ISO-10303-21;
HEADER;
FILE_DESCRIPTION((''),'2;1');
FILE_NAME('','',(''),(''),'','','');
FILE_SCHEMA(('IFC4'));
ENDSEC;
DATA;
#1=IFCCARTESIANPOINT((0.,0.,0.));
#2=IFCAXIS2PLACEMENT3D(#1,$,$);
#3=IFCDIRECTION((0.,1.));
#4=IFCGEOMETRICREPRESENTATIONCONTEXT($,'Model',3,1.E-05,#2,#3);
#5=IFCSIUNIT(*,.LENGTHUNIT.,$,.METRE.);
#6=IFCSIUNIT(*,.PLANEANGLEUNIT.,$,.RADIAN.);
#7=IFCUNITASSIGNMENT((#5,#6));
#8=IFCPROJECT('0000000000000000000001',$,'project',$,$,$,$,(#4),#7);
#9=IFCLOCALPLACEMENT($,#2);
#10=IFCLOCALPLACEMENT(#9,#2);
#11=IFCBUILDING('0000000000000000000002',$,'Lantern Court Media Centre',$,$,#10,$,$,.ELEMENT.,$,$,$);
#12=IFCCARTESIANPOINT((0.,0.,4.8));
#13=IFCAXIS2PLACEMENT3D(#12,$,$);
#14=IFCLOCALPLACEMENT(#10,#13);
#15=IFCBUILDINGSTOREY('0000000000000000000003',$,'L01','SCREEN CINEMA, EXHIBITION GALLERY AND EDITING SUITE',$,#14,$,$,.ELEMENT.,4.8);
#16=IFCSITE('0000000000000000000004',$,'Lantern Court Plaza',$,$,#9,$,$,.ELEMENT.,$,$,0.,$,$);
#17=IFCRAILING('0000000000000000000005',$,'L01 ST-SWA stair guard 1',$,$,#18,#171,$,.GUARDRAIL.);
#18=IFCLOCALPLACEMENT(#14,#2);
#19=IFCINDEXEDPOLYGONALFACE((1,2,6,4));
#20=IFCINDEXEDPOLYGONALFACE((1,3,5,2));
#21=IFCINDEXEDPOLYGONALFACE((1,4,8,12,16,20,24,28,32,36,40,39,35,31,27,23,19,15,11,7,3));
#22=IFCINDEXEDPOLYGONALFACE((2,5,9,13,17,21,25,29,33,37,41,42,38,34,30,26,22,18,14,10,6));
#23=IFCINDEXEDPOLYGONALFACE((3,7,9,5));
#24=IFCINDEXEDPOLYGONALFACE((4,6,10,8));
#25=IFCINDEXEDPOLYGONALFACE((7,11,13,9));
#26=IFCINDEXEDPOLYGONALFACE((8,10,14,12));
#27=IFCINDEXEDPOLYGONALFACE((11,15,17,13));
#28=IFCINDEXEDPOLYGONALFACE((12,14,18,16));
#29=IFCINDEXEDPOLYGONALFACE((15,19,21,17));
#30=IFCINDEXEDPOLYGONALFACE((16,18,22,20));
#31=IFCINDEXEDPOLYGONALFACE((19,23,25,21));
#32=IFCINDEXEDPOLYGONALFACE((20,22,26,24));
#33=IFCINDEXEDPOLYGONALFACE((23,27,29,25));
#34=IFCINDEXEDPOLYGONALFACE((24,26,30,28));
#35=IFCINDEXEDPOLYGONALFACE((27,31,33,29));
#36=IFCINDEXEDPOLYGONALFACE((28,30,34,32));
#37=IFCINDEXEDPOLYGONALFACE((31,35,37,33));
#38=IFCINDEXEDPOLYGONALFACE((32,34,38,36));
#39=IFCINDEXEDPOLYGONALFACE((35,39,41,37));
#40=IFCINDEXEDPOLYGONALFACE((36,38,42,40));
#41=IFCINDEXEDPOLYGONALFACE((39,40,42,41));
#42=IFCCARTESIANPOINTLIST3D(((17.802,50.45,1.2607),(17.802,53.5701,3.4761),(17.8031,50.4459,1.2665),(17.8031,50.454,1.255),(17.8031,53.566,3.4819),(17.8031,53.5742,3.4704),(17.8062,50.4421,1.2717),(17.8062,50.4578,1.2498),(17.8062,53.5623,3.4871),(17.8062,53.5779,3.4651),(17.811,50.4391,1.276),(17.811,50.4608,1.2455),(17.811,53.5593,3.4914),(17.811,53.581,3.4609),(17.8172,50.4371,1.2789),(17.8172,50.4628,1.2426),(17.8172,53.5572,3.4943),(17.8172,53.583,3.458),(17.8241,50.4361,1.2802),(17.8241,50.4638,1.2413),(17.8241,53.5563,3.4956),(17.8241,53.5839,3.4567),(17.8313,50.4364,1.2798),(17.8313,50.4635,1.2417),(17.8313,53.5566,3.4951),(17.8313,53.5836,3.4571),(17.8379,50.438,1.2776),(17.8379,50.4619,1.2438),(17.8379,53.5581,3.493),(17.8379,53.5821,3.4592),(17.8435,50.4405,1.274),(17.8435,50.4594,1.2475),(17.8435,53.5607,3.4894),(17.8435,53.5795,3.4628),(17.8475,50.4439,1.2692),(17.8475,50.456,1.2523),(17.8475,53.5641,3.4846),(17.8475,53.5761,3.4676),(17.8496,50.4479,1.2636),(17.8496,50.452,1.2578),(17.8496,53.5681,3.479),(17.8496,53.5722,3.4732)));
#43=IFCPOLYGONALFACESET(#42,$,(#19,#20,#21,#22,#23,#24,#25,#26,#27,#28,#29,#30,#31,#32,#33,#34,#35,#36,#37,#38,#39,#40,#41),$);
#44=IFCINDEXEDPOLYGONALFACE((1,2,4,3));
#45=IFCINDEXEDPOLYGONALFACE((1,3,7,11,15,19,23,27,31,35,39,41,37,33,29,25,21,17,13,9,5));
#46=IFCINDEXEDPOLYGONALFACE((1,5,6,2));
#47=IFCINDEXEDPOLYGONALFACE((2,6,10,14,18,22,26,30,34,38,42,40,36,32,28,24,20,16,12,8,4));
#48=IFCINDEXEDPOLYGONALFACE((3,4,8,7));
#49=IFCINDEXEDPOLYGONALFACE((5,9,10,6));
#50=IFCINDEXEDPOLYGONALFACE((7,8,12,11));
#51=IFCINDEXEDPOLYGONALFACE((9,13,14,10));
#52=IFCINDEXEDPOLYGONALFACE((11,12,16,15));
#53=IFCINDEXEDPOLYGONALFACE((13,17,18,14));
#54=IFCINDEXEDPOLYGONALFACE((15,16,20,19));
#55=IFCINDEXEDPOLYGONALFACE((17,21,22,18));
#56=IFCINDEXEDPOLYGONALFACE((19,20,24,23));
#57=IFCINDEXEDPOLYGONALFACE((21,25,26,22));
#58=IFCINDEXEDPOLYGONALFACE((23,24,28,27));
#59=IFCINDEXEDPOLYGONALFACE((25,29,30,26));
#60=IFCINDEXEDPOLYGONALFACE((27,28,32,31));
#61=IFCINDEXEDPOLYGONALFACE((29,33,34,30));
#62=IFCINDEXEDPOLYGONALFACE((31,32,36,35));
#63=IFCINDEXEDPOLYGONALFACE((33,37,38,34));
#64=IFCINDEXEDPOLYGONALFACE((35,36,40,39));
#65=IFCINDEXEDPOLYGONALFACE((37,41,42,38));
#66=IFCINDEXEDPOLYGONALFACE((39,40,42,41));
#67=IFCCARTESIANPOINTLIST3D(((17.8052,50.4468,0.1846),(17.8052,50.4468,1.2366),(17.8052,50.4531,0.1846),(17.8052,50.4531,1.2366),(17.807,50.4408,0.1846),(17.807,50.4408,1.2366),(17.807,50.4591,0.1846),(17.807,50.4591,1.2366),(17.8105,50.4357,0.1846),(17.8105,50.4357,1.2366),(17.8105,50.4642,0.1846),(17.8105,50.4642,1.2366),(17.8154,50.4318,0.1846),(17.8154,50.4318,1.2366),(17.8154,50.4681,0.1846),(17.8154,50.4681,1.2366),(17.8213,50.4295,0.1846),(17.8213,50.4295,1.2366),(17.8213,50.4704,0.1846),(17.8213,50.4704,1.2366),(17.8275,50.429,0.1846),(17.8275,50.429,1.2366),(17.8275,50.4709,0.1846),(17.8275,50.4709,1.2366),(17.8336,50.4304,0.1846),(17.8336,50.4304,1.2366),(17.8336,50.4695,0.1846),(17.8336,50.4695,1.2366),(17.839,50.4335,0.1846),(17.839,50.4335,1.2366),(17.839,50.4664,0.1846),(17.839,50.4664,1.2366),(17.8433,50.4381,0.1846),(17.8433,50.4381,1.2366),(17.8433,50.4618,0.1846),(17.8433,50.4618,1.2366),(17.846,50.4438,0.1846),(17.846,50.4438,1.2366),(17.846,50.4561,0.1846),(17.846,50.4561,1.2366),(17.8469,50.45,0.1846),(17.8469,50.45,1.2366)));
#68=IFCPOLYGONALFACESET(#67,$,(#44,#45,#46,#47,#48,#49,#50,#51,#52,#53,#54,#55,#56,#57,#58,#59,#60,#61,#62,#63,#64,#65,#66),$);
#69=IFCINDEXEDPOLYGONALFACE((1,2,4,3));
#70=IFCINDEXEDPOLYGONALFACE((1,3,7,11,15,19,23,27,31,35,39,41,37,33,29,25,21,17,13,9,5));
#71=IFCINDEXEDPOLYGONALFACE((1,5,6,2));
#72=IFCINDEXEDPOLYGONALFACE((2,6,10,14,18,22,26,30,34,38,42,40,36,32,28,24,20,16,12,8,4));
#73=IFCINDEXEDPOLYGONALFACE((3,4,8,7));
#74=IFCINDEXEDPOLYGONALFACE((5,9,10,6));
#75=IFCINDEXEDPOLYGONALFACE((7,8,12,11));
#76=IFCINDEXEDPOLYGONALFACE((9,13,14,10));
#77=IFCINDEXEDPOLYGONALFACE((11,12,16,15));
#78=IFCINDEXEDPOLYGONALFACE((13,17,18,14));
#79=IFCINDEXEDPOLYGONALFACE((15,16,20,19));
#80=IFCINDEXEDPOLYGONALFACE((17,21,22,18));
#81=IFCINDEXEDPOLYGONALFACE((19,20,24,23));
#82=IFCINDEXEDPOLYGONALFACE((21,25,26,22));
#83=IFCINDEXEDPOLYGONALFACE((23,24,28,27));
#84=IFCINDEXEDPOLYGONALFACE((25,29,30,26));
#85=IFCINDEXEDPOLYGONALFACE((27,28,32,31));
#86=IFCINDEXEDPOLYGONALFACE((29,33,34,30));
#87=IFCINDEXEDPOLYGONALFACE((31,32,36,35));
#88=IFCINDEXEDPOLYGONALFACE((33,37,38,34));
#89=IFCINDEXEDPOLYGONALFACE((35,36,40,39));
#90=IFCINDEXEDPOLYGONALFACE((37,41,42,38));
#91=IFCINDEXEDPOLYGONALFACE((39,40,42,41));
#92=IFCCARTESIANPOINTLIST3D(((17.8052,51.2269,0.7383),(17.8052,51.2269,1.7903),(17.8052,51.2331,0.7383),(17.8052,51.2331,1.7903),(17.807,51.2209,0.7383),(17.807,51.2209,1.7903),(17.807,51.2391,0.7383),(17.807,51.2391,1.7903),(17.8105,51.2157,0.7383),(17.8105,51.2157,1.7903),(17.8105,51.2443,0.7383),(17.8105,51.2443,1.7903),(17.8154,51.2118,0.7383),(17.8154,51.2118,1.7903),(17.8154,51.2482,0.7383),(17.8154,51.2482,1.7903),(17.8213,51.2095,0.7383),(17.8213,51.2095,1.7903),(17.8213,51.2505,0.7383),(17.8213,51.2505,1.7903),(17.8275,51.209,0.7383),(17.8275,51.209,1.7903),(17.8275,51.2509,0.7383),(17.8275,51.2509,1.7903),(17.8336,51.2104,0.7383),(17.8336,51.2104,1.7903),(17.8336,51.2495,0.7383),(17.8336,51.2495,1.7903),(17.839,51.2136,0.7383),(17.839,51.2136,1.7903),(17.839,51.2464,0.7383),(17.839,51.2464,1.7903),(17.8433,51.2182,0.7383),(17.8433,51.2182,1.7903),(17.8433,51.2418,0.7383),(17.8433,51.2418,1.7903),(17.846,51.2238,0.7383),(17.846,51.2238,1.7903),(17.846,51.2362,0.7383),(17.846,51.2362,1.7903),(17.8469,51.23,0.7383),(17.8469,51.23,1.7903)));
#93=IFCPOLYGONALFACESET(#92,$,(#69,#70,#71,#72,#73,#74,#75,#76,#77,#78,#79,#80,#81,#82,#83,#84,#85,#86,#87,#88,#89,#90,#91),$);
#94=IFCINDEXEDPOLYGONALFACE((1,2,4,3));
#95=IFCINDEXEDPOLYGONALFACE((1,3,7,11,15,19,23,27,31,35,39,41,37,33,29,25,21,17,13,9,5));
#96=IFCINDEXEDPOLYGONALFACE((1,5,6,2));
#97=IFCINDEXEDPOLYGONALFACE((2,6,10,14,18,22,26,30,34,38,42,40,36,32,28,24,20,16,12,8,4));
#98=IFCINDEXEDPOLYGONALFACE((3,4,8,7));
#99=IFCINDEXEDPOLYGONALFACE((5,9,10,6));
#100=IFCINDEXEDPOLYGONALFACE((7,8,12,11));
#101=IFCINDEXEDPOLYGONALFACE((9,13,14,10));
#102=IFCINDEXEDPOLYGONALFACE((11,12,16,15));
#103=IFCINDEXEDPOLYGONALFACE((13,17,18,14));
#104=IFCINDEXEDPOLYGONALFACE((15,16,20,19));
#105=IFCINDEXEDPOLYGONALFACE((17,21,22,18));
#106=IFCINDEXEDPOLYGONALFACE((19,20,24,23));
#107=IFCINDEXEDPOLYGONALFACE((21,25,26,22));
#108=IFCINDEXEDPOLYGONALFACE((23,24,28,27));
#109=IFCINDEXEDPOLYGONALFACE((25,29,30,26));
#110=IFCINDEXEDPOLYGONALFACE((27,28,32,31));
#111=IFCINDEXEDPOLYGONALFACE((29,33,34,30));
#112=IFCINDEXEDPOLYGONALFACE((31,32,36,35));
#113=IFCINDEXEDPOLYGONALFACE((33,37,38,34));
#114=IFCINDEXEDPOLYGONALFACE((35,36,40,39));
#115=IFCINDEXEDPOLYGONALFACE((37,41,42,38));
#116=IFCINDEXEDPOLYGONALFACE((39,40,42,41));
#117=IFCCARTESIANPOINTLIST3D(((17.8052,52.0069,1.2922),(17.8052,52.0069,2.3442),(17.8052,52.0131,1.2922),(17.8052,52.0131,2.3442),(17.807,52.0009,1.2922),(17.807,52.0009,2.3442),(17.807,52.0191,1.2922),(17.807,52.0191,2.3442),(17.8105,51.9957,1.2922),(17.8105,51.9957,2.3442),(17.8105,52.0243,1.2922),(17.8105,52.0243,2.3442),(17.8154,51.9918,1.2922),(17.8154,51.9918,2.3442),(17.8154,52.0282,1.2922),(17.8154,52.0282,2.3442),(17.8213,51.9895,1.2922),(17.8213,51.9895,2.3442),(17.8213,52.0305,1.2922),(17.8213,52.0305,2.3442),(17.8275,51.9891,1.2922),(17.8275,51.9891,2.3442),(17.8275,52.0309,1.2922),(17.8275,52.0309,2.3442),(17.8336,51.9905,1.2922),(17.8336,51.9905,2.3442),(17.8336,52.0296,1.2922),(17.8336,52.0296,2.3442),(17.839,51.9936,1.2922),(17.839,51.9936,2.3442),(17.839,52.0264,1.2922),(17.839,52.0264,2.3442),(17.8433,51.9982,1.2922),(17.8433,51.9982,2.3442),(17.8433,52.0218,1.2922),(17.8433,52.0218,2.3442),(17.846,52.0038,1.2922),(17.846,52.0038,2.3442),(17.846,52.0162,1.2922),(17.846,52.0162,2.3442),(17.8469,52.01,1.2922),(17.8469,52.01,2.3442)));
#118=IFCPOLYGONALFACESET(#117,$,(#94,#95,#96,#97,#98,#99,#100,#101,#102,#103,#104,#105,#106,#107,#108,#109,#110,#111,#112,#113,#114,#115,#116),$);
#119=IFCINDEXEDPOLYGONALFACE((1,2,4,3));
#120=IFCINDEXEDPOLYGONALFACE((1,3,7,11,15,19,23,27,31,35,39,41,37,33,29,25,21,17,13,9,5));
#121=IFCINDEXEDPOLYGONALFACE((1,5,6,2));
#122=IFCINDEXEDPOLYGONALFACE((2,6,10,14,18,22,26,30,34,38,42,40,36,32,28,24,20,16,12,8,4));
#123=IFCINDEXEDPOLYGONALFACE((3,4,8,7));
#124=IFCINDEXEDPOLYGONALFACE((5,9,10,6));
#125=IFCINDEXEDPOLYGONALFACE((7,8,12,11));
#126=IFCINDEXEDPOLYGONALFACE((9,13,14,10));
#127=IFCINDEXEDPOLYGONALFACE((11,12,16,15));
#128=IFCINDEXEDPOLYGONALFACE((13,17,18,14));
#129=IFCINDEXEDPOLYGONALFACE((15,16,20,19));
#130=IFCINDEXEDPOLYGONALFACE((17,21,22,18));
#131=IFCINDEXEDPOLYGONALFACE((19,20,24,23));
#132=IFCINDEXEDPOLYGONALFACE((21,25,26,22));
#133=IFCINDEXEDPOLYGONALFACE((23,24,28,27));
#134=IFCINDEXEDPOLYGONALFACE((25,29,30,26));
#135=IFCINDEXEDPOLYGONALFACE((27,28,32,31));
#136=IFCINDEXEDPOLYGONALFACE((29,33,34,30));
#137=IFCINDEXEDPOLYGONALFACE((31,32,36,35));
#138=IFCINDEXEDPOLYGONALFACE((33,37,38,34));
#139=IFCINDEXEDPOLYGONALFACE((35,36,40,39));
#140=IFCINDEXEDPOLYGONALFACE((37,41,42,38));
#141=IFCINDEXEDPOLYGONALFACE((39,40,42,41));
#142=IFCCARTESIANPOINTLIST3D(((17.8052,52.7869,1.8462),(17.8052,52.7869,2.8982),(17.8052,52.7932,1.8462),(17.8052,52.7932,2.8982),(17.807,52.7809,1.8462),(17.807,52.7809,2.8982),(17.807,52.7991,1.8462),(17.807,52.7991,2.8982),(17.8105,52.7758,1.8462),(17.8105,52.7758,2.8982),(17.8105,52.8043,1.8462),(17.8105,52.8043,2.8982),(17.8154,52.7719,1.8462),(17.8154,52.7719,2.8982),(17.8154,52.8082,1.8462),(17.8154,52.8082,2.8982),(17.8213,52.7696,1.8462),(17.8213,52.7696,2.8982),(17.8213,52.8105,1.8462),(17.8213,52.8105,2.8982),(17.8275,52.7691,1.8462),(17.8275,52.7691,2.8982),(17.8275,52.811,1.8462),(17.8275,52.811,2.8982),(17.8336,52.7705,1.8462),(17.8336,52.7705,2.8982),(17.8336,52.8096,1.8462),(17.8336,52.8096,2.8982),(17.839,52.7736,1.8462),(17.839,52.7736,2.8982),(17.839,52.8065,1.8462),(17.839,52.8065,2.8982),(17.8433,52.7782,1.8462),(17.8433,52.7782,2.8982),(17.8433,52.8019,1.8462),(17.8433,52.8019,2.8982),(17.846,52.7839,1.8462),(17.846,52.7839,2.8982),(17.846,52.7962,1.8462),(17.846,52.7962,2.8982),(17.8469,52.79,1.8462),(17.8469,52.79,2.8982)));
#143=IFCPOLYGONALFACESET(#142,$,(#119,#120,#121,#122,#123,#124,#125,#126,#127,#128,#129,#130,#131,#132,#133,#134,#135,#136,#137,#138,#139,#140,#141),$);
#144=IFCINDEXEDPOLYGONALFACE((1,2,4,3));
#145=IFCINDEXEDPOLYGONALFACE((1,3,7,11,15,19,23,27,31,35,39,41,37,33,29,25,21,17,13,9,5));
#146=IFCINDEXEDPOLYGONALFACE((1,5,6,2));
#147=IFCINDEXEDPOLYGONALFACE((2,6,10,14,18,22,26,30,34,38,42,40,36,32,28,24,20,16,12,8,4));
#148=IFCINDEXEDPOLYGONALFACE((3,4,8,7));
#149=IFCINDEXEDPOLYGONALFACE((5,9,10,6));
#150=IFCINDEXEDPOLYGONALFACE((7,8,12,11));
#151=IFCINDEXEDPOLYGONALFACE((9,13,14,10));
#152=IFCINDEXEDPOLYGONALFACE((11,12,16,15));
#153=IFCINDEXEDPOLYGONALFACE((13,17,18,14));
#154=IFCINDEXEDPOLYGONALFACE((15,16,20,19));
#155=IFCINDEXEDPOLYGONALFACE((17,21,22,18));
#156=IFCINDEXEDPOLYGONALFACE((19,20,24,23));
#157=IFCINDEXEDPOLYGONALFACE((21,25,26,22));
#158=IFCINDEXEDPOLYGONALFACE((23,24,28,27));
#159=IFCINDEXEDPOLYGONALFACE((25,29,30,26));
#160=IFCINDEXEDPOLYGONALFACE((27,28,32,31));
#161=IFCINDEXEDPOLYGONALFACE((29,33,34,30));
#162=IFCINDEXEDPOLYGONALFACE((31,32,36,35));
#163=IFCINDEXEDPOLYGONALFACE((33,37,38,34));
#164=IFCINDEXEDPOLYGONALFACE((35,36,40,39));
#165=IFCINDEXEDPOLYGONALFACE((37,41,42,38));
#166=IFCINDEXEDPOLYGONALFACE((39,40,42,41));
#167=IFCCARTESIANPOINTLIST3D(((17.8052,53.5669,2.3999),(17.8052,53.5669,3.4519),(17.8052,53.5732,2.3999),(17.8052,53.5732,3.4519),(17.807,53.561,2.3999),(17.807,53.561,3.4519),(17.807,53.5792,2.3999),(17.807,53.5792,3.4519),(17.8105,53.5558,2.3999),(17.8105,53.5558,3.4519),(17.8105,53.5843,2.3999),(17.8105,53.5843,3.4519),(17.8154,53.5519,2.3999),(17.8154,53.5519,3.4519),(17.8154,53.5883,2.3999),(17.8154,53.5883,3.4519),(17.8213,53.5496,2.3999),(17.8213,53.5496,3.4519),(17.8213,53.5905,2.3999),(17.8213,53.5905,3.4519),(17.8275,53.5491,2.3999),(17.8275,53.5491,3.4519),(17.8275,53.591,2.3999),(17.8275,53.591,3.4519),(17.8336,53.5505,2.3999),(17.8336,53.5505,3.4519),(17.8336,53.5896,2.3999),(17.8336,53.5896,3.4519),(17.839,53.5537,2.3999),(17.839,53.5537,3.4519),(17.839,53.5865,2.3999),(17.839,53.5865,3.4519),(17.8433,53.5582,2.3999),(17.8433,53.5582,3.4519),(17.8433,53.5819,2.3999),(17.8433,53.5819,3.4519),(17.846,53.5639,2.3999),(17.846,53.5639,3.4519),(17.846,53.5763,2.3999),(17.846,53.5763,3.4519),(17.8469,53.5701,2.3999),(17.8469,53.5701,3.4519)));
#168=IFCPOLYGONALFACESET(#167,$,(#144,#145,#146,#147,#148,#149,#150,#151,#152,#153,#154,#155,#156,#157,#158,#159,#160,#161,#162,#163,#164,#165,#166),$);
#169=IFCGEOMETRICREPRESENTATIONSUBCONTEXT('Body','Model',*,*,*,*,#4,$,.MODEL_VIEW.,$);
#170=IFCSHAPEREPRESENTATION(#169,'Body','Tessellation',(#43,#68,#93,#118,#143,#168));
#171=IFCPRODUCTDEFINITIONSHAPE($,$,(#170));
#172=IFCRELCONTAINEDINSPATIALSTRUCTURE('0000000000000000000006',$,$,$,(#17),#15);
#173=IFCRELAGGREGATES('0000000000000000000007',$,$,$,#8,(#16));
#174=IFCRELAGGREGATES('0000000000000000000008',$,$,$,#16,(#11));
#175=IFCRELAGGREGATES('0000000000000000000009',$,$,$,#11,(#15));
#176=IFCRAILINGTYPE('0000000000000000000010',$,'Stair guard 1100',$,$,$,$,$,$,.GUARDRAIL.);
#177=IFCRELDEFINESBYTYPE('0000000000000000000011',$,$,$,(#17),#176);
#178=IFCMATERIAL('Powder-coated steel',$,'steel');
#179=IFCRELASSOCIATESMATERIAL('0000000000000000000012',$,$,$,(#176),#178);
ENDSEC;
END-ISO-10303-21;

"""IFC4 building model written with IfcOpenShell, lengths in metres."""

from ifc_helpers import new_model, si_unit, direction, frame, origin, origin_2d, place, context, subcontext, project, spatial, circle, extrude, material, type_object, element, save


model = new_model("IFC4")

# Units and contexts
model_context = context("Model", 3, precision=1e-05, world=origin(), true_north=direction((0.0, 1.0)))
body_context = subcontext(model_context, "Body", "Model", "MODEL_VIEW")
ifc_project = project(units=[si_unit("LENGTHUNIT", "METRE"), si_unit("PLANEANGLEUNIT", "RADIAN")], contexts=[model_context])

# Site, building, storey
site_placement = place(None, origin())
site = spatial("IfcSite", under=ifc_project, at=site_placement, Name="Lantern Court Plaza", CompositionType="ELEMENT", RefElevation=0.0)
building_placement = place(site_placement, origin())
building = spatial("IfcBuilding", under=site, at=building_placement, Name="Lantern Court Media Centre", CompositionType="ELEMENT")
storey_placement = place(building_placement, frame((0.0, 0.0, 4.8)))
storey = spatial("IfcBuildingStorey", under=building, at=storey_placement, Name="L01", Description="SCREEN CINEMA, EXHIBITION GALLERY AND EDITING SUITE", CompositionType="ELEMENT", Elevation=4.8)

# Shared definitions
ifc_material_1 = material(Name="Powder-coated steel", Category="steel")

# Railing
railing_type_1 = type_object("IfcRailingType", Name="Stair guard 1100", PredefinedType="GUARDRAIL", material=ifc_material_1)
railing_1_placement = place(storey_placement, frame((17.8259, 50.45, 0.1846)))
element("IfcRailing", 1, at=railing_1_placement, inside=storey, type_object=railing_type_1, Name="L01 ST-SWA stair guard 1", PredefinedType="GUARDRAIL", context=body_context, shape_type="SweptSolid", body=[
    extrude(circle(Radius=0.0239, at=origin_2d()), frame((0.0, 0.0, 1.0762), z_axis=(0.0, 0.815377, 0.57893), x_axis=(-1.0, 0.0, 0.0)), (0.0, 0.0, 1.0), 3.8267),
    extrude(circle(Radius=0.021, at=origin_2d()), origin(), (0.0, 0.0, 1.0), 1.052),
    extrude(circle(Radius=0.021, at=origin_2d()), frame((0.0, 0.78, 0.5537)), (0.0, 0.0, 1.0), 1.052),
    extrude(circle(Radius=0.021, at=origin_2d()), frame((0.0, 1.5601, 1.1077)), (0.0, 0.0, 1.0), 1.052),
    extrude(circle(Radius=0.021, at=origin_2d()), frame((0.0, 2.3401, 1.6616)), (0.0, 0.0, 1.0), 1.052),
    extrude(circle(Radius=0.021, at=origin_2d()), frame((0.0, 3.1201, 2.2153)), (0.0, 0.0, 1.0), 1.052),
])

save(model, "model.ifc")
